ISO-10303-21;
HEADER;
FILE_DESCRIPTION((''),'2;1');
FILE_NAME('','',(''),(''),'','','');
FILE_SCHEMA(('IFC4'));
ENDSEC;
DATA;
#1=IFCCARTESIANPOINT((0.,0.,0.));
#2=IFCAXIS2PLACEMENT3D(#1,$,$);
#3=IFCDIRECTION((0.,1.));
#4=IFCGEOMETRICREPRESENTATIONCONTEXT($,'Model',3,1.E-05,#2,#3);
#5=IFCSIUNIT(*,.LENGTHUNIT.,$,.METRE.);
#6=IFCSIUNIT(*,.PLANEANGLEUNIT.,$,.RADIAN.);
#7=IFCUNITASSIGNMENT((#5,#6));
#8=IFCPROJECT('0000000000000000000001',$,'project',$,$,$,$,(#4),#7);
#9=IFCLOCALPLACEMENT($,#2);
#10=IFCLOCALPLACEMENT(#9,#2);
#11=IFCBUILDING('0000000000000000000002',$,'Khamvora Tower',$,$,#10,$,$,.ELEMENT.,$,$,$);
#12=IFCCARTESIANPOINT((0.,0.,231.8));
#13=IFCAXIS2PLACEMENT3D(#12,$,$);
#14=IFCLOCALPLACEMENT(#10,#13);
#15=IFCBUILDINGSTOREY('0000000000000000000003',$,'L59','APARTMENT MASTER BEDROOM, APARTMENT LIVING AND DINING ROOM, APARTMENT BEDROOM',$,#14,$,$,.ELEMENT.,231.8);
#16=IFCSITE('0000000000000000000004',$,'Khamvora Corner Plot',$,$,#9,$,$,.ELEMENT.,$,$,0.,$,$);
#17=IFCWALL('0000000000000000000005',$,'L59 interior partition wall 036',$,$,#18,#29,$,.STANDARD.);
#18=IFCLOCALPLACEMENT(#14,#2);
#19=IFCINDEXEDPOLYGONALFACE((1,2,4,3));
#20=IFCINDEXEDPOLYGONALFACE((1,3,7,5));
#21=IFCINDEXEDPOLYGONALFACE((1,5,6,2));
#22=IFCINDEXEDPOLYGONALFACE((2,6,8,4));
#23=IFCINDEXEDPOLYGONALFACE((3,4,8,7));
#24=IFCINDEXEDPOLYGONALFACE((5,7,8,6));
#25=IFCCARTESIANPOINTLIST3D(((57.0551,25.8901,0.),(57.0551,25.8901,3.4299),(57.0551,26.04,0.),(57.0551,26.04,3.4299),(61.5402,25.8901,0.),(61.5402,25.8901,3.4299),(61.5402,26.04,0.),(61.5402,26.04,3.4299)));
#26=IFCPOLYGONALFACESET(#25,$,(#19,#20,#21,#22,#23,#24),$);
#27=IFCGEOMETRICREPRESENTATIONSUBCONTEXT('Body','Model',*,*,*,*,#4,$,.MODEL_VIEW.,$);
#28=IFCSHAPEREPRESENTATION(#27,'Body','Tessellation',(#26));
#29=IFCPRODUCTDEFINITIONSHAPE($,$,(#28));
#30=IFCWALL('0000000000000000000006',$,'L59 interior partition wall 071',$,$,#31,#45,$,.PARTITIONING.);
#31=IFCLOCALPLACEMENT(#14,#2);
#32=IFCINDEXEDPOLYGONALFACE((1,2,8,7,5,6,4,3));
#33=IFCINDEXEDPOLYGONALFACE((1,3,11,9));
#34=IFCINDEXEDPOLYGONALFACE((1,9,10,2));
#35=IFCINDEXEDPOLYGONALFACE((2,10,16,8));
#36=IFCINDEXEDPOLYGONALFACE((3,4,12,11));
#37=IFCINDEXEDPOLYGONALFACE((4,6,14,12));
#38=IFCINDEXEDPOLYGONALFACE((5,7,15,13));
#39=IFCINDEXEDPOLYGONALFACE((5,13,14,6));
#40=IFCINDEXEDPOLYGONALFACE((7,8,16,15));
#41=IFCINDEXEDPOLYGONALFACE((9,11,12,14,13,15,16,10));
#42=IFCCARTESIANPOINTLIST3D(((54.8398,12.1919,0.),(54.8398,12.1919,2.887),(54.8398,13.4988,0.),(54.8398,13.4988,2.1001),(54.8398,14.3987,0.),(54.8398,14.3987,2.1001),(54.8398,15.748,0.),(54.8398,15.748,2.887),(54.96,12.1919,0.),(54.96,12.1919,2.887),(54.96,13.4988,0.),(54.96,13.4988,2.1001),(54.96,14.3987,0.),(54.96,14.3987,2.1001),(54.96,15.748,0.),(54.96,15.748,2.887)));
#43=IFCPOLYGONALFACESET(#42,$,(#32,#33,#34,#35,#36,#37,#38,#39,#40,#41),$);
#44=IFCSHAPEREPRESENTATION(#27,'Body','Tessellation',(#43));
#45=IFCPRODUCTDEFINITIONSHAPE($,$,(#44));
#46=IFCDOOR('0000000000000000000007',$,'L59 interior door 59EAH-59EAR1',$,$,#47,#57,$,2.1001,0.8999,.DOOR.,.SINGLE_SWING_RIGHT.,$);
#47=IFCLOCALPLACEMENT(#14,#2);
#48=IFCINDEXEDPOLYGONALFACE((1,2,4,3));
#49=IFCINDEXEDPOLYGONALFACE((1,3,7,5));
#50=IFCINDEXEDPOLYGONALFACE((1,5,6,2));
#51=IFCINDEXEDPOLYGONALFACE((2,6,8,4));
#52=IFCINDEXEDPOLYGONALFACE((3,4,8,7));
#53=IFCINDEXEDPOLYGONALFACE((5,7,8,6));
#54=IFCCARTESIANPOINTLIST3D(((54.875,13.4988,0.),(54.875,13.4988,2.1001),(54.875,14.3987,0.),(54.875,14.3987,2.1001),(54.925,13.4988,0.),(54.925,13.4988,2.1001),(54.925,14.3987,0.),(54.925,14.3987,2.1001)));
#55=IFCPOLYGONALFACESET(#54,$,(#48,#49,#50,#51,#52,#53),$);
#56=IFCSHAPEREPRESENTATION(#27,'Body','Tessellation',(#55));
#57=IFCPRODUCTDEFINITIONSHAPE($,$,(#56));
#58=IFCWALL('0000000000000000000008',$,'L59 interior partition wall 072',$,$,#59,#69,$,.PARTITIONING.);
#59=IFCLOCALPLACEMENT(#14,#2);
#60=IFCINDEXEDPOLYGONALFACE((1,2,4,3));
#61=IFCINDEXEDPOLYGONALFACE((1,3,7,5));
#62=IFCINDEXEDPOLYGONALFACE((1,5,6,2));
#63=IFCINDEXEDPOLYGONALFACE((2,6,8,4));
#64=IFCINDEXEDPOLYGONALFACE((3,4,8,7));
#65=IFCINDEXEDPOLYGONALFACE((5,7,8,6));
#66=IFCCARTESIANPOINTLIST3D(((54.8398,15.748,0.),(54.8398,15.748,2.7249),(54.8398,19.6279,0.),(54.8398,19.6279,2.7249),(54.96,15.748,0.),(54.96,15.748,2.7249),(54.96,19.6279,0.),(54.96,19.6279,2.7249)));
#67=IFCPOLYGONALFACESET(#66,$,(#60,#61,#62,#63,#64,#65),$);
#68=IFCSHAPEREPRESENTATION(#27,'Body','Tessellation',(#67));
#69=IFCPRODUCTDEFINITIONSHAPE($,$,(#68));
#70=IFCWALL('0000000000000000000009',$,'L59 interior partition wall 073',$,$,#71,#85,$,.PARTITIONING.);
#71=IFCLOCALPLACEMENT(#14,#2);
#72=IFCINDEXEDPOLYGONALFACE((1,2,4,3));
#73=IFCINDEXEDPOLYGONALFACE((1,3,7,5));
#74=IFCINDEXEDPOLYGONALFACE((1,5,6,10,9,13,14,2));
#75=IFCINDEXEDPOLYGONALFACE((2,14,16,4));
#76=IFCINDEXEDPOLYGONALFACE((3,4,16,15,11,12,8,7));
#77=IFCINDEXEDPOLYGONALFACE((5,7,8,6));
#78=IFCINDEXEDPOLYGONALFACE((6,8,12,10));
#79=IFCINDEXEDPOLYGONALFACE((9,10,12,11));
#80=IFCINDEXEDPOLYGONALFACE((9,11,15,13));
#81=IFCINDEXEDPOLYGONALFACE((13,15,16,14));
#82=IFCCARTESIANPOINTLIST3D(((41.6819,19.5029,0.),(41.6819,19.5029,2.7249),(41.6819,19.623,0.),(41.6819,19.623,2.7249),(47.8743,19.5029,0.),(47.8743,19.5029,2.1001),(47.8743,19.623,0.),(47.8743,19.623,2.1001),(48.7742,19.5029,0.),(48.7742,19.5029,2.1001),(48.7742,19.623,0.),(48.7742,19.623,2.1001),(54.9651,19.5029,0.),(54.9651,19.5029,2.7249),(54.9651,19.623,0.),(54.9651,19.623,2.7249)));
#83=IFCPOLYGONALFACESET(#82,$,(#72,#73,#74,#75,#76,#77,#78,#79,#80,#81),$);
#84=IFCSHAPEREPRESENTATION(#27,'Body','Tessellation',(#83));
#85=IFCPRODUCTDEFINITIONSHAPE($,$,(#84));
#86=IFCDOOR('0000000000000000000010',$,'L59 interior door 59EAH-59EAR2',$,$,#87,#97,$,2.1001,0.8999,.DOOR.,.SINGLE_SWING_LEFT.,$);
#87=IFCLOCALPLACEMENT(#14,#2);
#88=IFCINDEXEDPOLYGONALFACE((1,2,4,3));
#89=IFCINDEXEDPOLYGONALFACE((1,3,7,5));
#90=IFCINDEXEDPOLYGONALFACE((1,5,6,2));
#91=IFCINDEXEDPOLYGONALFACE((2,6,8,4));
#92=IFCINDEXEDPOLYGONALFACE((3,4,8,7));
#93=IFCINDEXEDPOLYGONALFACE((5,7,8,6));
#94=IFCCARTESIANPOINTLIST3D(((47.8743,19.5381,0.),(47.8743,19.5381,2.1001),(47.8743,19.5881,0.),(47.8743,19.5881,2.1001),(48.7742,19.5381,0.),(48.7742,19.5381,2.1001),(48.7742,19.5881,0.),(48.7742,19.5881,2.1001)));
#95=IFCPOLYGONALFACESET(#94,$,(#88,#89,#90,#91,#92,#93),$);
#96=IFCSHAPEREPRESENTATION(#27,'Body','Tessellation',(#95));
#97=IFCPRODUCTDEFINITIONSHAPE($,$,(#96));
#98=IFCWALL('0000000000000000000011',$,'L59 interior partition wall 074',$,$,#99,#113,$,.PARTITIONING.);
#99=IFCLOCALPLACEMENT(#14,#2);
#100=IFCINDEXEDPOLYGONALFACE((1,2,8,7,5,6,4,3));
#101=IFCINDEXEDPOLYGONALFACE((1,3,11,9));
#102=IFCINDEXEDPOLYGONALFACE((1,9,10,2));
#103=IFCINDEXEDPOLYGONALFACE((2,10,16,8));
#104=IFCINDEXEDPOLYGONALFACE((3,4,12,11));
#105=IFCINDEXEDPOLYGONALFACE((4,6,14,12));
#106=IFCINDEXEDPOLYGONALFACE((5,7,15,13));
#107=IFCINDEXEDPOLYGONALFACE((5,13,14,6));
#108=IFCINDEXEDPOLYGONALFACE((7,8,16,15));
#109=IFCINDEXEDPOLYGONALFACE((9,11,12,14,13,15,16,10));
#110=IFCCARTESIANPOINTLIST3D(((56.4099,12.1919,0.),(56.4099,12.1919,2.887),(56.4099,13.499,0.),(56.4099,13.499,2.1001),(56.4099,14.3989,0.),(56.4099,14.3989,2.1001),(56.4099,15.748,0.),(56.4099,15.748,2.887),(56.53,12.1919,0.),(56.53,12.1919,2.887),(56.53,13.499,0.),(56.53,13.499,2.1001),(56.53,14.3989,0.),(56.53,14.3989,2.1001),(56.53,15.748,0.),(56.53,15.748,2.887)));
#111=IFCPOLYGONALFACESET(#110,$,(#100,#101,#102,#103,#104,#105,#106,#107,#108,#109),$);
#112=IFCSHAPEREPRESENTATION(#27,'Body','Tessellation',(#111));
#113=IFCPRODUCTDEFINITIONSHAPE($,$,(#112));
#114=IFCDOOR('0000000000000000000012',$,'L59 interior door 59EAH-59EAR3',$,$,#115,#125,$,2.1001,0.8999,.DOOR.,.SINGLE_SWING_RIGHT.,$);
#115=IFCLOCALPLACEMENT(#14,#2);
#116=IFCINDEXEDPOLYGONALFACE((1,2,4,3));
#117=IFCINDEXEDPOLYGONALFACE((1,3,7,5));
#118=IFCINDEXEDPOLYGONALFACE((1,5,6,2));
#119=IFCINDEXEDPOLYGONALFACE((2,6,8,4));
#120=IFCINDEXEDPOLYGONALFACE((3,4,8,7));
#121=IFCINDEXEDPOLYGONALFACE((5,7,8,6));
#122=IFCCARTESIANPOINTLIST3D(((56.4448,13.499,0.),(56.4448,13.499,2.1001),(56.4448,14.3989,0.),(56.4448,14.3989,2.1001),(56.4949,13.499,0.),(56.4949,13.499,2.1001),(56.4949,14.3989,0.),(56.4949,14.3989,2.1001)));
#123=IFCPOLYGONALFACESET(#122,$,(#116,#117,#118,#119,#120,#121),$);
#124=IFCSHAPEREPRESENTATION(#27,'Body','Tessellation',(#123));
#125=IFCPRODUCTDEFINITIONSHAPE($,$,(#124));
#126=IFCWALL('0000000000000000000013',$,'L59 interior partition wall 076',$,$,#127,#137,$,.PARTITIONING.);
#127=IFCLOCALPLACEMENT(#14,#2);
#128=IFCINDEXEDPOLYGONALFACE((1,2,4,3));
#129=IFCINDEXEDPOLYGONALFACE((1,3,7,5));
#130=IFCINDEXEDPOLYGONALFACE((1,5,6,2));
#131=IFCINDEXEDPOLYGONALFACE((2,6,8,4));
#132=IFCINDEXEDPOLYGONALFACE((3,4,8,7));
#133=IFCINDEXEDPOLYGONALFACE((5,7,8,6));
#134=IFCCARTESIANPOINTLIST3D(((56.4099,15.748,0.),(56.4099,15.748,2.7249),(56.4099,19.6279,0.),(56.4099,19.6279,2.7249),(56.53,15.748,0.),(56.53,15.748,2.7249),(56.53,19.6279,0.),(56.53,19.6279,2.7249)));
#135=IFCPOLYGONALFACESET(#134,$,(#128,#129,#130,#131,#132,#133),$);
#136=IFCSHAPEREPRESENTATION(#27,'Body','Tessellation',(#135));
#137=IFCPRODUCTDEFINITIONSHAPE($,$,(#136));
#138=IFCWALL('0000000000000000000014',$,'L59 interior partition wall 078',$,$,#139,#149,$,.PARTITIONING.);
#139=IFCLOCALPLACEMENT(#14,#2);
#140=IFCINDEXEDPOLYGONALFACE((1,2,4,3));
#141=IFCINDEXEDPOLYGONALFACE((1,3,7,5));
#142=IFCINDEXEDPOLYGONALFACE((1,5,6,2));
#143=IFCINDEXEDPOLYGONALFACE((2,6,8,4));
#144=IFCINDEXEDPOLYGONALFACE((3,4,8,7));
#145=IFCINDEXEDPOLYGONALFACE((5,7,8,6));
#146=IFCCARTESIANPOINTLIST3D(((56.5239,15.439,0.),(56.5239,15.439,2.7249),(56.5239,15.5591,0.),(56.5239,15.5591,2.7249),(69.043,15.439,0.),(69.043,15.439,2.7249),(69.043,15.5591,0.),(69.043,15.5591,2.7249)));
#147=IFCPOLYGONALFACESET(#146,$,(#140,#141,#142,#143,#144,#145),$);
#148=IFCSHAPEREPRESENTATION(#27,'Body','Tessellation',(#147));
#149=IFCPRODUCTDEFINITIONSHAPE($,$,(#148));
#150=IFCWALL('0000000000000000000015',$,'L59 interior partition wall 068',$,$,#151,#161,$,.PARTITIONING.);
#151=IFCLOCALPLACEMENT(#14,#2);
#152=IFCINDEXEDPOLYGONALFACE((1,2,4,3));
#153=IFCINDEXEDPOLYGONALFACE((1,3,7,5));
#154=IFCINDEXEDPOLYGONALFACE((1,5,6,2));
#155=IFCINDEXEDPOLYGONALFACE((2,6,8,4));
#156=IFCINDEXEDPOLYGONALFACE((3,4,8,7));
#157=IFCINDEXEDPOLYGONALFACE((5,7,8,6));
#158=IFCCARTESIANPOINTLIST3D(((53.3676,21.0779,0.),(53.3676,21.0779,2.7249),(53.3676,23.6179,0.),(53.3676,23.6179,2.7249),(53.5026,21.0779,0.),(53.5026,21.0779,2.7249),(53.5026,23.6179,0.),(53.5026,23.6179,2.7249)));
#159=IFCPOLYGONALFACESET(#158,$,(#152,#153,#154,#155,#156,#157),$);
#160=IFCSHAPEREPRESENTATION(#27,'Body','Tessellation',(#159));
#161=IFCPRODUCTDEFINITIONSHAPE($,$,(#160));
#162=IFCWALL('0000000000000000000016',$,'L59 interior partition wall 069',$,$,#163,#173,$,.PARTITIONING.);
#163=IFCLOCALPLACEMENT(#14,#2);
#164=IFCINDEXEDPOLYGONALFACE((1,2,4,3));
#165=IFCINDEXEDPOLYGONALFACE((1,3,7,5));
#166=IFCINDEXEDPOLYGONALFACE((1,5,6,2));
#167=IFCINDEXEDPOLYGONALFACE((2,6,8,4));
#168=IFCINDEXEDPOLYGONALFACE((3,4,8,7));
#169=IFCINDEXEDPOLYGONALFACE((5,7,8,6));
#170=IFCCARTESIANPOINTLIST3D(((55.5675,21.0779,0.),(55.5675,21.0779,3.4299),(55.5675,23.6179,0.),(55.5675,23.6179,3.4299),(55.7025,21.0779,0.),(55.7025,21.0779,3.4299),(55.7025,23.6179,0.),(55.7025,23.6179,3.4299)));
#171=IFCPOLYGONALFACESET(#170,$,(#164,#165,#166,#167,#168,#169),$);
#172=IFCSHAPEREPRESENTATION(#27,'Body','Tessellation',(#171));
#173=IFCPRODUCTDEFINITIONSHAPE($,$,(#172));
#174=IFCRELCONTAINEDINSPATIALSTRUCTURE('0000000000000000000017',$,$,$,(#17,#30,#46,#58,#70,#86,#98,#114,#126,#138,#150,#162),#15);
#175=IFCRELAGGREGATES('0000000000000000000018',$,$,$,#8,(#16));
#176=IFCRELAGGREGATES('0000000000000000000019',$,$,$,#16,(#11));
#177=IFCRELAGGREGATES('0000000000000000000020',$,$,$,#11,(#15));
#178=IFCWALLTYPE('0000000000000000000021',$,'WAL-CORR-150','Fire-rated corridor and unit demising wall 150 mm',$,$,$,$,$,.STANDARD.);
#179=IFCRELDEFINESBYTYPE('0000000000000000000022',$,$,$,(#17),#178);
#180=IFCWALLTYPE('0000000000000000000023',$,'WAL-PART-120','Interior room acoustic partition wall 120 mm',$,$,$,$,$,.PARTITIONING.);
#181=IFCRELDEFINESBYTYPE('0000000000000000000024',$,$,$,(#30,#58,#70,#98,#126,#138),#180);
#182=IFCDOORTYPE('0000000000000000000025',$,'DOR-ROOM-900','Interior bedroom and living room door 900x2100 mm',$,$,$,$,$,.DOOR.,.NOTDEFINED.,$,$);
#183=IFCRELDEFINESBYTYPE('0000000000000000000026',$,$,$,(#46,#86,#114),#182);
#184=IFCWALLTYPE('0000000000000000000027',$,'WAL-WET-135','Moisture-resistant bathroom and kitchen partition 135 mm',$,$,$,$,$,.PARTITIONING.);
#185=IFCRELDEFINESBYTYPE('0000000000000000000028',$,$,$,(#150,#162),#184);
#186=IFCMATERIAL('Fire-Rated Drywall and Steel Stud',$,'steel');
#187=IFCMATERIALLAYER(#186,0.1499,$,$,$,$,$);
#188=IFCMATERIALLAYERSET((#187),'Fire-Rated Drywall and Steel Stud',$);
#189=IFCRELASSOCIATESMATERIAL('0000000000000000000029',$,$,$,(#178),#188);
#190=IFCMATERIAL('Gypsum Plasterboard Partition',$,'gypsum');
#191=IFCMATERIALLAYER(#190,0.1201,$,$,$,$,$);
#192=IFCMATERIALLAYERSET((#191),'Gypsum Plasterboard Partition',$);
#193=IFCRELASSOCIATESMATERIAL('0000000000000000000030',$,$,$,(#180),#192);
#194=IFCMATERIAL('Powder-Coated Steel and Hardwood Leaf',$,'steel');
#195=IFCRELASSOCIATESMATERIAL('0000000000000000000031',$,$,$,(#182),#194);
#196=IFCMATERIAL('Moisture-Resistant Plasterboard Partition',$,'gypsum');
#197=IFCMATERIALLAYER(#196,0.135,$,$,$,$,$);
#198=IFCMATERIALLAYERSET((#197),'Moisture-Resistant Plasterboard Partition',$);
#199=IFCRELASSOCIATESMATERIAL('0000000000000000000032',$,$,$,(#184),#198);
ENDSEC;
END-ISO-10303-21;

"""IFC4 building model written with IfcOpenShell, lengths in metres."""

from ifc_helpers import new_model, si_unit, direction, frame, frame_2d, origin, place, context, subcontext, project, spatial, rectangle, extrude, material, layer, layer_set, type_object, element, fill, save


model = new_model("IFC4")

# Units and contexts
model_context = context("Model", 3, precision=1e-05, world=origin(), true_north=direction((0.0, 1.0)))
body_context = subcontext(model_context, "Body", "Model", "MODEL_VIEW")
ifc_project = project(units=[si_unit("LENGTHUNIT", "METRE"), si_unit("PLANEANGLEUNIT", "RADIAN")], contexts=[model_context])

# Site, building, storey
site_placement = place(None, origin())
site = spatial("IfcSite", under=ifc_project, at=site_placement, Name="Khamvora Corner Plot", CompositionType="ELEMENT", RefElevation=0.0)
building_placement = place(site_placement, origin())
building = spatial("IfcBuilding", under=site, at=building_placement, Name="Khamvora Tower", CompositionType="ELEMENT")
storey_placement = place(building_placement, frame((0.0, 0.0, 231.8)))
storey = spatial("IfcBuildingStorey", under=building, at=storey_placement, Name="L59", Description="APARTMENT MASTER BEDROOM, APARTMENT LIVING AND DINING ROOM, APARTMENT BEDROOM", CompositionType="ELEMENT", Elevation=231.8)

# Shared definitions
ifc_material_1 = material(Name="Fire-Rated Drywall and Steel Stud", Category="steel")
ifc_layer_1 = layer(ifc_material_1, 0.1499)
ifc_layer_set_1 = layer_set([ifc_layer_1], Name="Fire-Rated Drywall and Steel Stud")
wall_type_1 = type_object("IfcWallType", Name="WAL-CORR-150", Description="Fire-rated corridor and unit demising wall 150 mm", PredefinedType="STANDARD", material=ifc_layer_set_1)
ifc_material_2 = material(Name="Powder-Coated Steel and Hardwood Leaf", Category="steel")

# Wall
wall_1_placement = place(storey_placement, frame((57.0549, 25.9651, 0.0), z_axis=(0.0, 0.0, 1.0), x_axis=(1.0, 0.0, 0.0)))
element("IfcWall", 1, at=wall_1_placement, inside=storey, type_object=wall_type_1, Name="L59 interior partition wall 036", PredefinedType="STANDARD", context=body_context, shape_type="SweptSolid", body=[
    extrude(rectangle(XDim=4.4851, YDim=0.1499, at=frame_2d((2.2427, 0.0))), origin(), (0.0, 0.0, 1.0), 3.4299),
])

# Wall, opening, door
ifc_material_3 = material(Name="Gypsum Plasterboard Partition", Category="gypsum")
ifc_layer_2 = layer(ifc_material_3, 0.1201)
ifc_layer_set_2 = layer_set([ifc_layer_2], Name="Gypsum Plasterboard Partition")
wall_type_2 = type_object("IfcWallType", Name="WAL-PART-120", Description="Interior room acoustic partition wall 120 mm", PredefinedType="PARTITIONING", material=ifc_layer_set_2)
wall_2_placement = place(storey_placement, frame((54.8999, 12.1919, 0.0), z_axis=(0.0, 0.0, 1.0), x_axis=(0.0, 1.0, 0.0)))
wall_2 = element("IfcWall", 2, at=wall_2_placement, inside=storey, type_object=wall_type_2, Name="L59 interior partition wall 071", PredefinedType="PARTITIONING", context=body_context, shape_type="SweptSolid", body=[
    extrude(rectangle(XDim=3.5562, YDim=0.1201, at=frame_2d((1.7781, 0.0))), origin(), (0.0, 0.0, 1.0), 2.887),
])
opening_1_placement = place(wall_2_placement, frame((1.3069, 0.0, 0.0)))
opening_1 = element("IfcOpeningElement", 3, at=opening_1_placement, cuts=wall_2, PredefinedType="OPENING", context=body_context, shape_type="SweptSolid", body=[
    extrude(rectangle(XDim=0.8999, YDim=2.1001, at=frame_2d((0.45, 1.05))), frame((0.0, 0.0701, 0.0), z_axis=(0.0, -1.0, 0.0), x_axis=(1.0, 0.0, 0.0)), (0.0, 0.0, 1.0), 0.1401),
])
door_type_1 = type_object("IfcDoorType", Name="DOR-ROOM-900", Description="Interior bedroom and living room door 900x2100 mm", OperationType="NOTDEFINED", PredefinedType="DOOR", material=ifc_material_2)
door_1_placement = place(opening_1_placement, origin())
door_1 = element("IfcDoor", 4, at=door_1_placement, inside=storey, type_object=door_type_1, Name="L59 interior door 59EAH-59EAR1", OperationType="SINGLE_SWING_RIGHT", OverallHeight=2.1001, OverallWidth=0.8999, PredefinedType="DOOR", context=body_context, shape_type="SweptSolid", body=[
    extrude(rectangle(XDim=0.8999, YDim=2.1001, at=frame_2d((0.45, 1.05))), frame((0.0, 0.0249, 0.0), z_axis=(0.0, -1.0, 0.0), x_axis=(1.0, 0.0, 0.0)), (0.0, 0.0, 1.0), 0.05),
])
fill(opening_1, door_1)

# Wall
wall_3_placement = place(storey_placement, frame((54.8999, 15.748, 0.0), z_axis=(0.0, 0.0, 1.0), x_axis=(0.0, 1.0, 0.0)))
element("IfcWall", 5, at=wall_3_placement, inside=storey, type_object=wall_type_2, Name="L59 interior partition wall 072", PredefinedType="PARTITIONING", context=body_context, shape_type="SweptSolid", body=[
    extrude(rectangle(XDim=3.8799, YDim=0.1201, at=frame_2d((1.9399, 0.0))), origin(), (0.0, 0.0, 1.0), 2.7249),
])

# Walls, openings, doors
wall_4_placement = place(storey_placement, frame((54.9651, 19.563, 0.0), z_axis=(0.0, 0.0, 1.0), x_axis=(-1.0, 0.0, 0.0)))
wall_4 = element("IfcWall", 6, at=wall_4_placement, inside=storey, type_object=wall_type_2, Name="L59 interior partition wall 073", PredefinedType="PARTITIONING", context=body_context, shape_type="SweptSolid", body=[
    extrude(rectangle(XDim=13.2832, YDim=0.1201, at=frame_2d((6.6416, 0.0))), origin(), (0.0, 0.0, 1.0), 2.7249),
])
opening_2_placement = place(wall_4_placement, frame((6.1909, 0.0, 0.0)))
opening_2 = element("IfcOpeningElement", 7, at=opening_2_placement, cuts=wall_4, PredefinedType="OPENING", context=body_context, shape_type="SweptSolid", body=[
    extrude(rectangle(XDim=0.8999, YDim=2.1001, at=frame_2d((0.45, 1.05))), frame((0.0, 0.0701, 0.0), z_axis=(0.0, -1.0, 0.0), x_axis=(1.0, 0.0, 0.0)), (0.0, 0.0, 1.0), 0.1401),
])
door_2_placement = place(opening_2_placement, origin())
door_2 = element("IfcDoor", 8, at=door_2_placement, inside=storey, type_object=door_type_1, Name="L59 interior door 59EAH-59EAR2", OperationType="SINGLE_SWING_LEFT", OverallHeight=2.1001, OverallWidth=0.8999, PredefinedType="DOOR", context=body_context, shape_type="SweptSolid", body=[
    extrude(rectangle(XDim=0.8999, YDim=2.1001, at=frame_2d((0.45, 1.05))), frame((0.0, 0.0249, 0.0), z_axis=(0.0, -1.0, 0.0), x_axis=(1.0, 0.0, 0.0)), (0.0, 0.0, 1.0), 0.05),
])
fill(opening_2, door_2)
wall_5_placement = place(storey_placement, frame((56.47, 15.748, 0.0), z_axis=(0.0, 0.0, 1.0), x_axis=(0.0, -1.0, 0.0)))
wall_5 = element("IfcWall", 9, at=wall_5_placement, inside=storey, type_object=wall_type_2, Name="L59 interior partition wall 074", PredefinedType="PARTITIONING", context=body_context, shape_type="SweptSolid", body=[
    extrude(rectangle(XDim=3.5562, YDim=0.1201, at=frame_2d((1.7781, 0.0))), origin(), (0.0, 0.0, 1.0), 2.887),
])
opening_3_placement = place(wall_5_placement, frame((1.3491, 0.0, 0.0)))
opening_3 = element("IfcOpeningElement", 10, at=opening_3_placement, cuts=wall_5, PredefinedType="OPENING", context=body_context, shape_type="SweptSolid", body=[
    extrude(rectangle(XDim=0.8999, YDim=2.1001, at=frame_2d((0.45, 1.05))), frame((0.0, 0.0701, 0.0), z_axis=(0.0, -1.0, 0.0), x_axis=(1.0, 0.0, 0.0)), (0.0, 0.0, 1.0), 0.1401),
])
door_3_placement = place(opening_3_placement, origin())
door_3 = element("IfcDoor", 11, at=door_3_placement, inside=storey, type_object=door_type_1, Name="L59 interior door 59EAH-59EAR3", OperationType="SINGLE_SWING_RIGHT", OverallHeight=2.1001, OverallWidth=0.8999, PredefinedType="DOOR", context=body_context, shape_type="SweptSolid", body=[
    extrude(rectangle(XDim=0.8999, YDim=2.1001, at=frame_2d((0.45, 1.05))), frame((0.0, 0.0249, 0.0), z_axis=(0.0, -1.0, 0.0), x_axis=(1.0, 0.0, 0.0)), (0.0, 0.0, 1.0), 0.05),
])
fill(opening_3, door_3)

# Walls
wall_6_placement = place(storey_placement, frame((56.47, 19.6279, 0.0), z_axis=(0.0, 0.0, 1.0), x_axis=(0.0, -1.0, 0.0)))
element("IfcWall", 12, at=wall_6_placement, inside=storey, type_object=wall_type_2, Name="L59 interior partition wall 076", PredefinedType="PARTITIONING", context=body_context, shape_type="SweptSolid", body=[
    extrude(rectangle(XDim=3.8799, YDim=0.1201, at=frame_2d((1.9399, 0.0))), origin(), (0.0, 0.0, 1.0), 2.7249),
])
wall_7_placement = place(storey_placement, frame((56.5239, 15.499, 0.0), z_axis=(0.0, 0.0, 1.0), x_axis=(1.0, 0.0, 0.0)))
element("IfcWall", 13, at=wall_7_placement, inside=storey, type_object=wall_type_2, Name="L59 interior partition wall 078", PredefinedType="PARTITIONING", context=body_context, shape_type="SweptSolid", body=[
    extrude(rectangle(XDim=12.519, YDim=0.1201, at=frame_2d((6.2595, 0.0))), origin(), (0.0, 0.0, 1.0), 2.7249),
])
ifc_material_4 = material(Name="Moisture-Resistant Plasterboard Partition", Category="gypsum")
ifc_layer_3 = layer(ifc_material_4, 0.135)
ifc_layer_set_3 = layer_set([ifc_layer_3], Name="Moisture-Resistant Plasterboard Partition")
wall_type_3 = type_object("IfcWallType", Name="WAL-WET-135", Description="Moisture-resistant bathroom and kitchen partition 135 mm", PredefinedType="PARTITIONING", material=ifc_layer_set_3)
wall_8_placement = place(storey_placement, frame((53.4351, 21.0779, 0.0), z_axis=(0.0, 0.0, 1.0), x_axis=(0.0, 1.0, 0.0)))
element("IfcWall", 14, at=wall_8_placement, inside=storey, type_object=wall_type_3, Name="L59 interior partition wall 068", PredefinedType="PARTITIONING", context=body_context, shape_type="SweptSolid", body=[
    extrude(rectangle(XDim=2.54, YDim=0.135, at=frame_2d((1.27, 0.0))), origin(), (0.0, 0.0, 1.0), 2.7249),
])
wall_9_placement = place(storey_placement, frame((55.635, 23.6179, 0.0), z_axis=(0.0, 0.0, 1.0), x_axis=(0.0, -1.0, 0.0)))
element("IfcWall", 15, at=wall_9_placement, inside=storey, type_object=wall_type_3, Name="L59 interior partition wall 069", PredefinedType="PARTITIONING", context=body_context, shape_type="SweptSolid", body=[
    extrude(rectangle(XDim=2.54, YDim=0.135, at=frame_2d((1.27, 0.0))), origin(), (0.0, 0.0, 1.0), 3.4299),
])

save(model, "model.ifc")
